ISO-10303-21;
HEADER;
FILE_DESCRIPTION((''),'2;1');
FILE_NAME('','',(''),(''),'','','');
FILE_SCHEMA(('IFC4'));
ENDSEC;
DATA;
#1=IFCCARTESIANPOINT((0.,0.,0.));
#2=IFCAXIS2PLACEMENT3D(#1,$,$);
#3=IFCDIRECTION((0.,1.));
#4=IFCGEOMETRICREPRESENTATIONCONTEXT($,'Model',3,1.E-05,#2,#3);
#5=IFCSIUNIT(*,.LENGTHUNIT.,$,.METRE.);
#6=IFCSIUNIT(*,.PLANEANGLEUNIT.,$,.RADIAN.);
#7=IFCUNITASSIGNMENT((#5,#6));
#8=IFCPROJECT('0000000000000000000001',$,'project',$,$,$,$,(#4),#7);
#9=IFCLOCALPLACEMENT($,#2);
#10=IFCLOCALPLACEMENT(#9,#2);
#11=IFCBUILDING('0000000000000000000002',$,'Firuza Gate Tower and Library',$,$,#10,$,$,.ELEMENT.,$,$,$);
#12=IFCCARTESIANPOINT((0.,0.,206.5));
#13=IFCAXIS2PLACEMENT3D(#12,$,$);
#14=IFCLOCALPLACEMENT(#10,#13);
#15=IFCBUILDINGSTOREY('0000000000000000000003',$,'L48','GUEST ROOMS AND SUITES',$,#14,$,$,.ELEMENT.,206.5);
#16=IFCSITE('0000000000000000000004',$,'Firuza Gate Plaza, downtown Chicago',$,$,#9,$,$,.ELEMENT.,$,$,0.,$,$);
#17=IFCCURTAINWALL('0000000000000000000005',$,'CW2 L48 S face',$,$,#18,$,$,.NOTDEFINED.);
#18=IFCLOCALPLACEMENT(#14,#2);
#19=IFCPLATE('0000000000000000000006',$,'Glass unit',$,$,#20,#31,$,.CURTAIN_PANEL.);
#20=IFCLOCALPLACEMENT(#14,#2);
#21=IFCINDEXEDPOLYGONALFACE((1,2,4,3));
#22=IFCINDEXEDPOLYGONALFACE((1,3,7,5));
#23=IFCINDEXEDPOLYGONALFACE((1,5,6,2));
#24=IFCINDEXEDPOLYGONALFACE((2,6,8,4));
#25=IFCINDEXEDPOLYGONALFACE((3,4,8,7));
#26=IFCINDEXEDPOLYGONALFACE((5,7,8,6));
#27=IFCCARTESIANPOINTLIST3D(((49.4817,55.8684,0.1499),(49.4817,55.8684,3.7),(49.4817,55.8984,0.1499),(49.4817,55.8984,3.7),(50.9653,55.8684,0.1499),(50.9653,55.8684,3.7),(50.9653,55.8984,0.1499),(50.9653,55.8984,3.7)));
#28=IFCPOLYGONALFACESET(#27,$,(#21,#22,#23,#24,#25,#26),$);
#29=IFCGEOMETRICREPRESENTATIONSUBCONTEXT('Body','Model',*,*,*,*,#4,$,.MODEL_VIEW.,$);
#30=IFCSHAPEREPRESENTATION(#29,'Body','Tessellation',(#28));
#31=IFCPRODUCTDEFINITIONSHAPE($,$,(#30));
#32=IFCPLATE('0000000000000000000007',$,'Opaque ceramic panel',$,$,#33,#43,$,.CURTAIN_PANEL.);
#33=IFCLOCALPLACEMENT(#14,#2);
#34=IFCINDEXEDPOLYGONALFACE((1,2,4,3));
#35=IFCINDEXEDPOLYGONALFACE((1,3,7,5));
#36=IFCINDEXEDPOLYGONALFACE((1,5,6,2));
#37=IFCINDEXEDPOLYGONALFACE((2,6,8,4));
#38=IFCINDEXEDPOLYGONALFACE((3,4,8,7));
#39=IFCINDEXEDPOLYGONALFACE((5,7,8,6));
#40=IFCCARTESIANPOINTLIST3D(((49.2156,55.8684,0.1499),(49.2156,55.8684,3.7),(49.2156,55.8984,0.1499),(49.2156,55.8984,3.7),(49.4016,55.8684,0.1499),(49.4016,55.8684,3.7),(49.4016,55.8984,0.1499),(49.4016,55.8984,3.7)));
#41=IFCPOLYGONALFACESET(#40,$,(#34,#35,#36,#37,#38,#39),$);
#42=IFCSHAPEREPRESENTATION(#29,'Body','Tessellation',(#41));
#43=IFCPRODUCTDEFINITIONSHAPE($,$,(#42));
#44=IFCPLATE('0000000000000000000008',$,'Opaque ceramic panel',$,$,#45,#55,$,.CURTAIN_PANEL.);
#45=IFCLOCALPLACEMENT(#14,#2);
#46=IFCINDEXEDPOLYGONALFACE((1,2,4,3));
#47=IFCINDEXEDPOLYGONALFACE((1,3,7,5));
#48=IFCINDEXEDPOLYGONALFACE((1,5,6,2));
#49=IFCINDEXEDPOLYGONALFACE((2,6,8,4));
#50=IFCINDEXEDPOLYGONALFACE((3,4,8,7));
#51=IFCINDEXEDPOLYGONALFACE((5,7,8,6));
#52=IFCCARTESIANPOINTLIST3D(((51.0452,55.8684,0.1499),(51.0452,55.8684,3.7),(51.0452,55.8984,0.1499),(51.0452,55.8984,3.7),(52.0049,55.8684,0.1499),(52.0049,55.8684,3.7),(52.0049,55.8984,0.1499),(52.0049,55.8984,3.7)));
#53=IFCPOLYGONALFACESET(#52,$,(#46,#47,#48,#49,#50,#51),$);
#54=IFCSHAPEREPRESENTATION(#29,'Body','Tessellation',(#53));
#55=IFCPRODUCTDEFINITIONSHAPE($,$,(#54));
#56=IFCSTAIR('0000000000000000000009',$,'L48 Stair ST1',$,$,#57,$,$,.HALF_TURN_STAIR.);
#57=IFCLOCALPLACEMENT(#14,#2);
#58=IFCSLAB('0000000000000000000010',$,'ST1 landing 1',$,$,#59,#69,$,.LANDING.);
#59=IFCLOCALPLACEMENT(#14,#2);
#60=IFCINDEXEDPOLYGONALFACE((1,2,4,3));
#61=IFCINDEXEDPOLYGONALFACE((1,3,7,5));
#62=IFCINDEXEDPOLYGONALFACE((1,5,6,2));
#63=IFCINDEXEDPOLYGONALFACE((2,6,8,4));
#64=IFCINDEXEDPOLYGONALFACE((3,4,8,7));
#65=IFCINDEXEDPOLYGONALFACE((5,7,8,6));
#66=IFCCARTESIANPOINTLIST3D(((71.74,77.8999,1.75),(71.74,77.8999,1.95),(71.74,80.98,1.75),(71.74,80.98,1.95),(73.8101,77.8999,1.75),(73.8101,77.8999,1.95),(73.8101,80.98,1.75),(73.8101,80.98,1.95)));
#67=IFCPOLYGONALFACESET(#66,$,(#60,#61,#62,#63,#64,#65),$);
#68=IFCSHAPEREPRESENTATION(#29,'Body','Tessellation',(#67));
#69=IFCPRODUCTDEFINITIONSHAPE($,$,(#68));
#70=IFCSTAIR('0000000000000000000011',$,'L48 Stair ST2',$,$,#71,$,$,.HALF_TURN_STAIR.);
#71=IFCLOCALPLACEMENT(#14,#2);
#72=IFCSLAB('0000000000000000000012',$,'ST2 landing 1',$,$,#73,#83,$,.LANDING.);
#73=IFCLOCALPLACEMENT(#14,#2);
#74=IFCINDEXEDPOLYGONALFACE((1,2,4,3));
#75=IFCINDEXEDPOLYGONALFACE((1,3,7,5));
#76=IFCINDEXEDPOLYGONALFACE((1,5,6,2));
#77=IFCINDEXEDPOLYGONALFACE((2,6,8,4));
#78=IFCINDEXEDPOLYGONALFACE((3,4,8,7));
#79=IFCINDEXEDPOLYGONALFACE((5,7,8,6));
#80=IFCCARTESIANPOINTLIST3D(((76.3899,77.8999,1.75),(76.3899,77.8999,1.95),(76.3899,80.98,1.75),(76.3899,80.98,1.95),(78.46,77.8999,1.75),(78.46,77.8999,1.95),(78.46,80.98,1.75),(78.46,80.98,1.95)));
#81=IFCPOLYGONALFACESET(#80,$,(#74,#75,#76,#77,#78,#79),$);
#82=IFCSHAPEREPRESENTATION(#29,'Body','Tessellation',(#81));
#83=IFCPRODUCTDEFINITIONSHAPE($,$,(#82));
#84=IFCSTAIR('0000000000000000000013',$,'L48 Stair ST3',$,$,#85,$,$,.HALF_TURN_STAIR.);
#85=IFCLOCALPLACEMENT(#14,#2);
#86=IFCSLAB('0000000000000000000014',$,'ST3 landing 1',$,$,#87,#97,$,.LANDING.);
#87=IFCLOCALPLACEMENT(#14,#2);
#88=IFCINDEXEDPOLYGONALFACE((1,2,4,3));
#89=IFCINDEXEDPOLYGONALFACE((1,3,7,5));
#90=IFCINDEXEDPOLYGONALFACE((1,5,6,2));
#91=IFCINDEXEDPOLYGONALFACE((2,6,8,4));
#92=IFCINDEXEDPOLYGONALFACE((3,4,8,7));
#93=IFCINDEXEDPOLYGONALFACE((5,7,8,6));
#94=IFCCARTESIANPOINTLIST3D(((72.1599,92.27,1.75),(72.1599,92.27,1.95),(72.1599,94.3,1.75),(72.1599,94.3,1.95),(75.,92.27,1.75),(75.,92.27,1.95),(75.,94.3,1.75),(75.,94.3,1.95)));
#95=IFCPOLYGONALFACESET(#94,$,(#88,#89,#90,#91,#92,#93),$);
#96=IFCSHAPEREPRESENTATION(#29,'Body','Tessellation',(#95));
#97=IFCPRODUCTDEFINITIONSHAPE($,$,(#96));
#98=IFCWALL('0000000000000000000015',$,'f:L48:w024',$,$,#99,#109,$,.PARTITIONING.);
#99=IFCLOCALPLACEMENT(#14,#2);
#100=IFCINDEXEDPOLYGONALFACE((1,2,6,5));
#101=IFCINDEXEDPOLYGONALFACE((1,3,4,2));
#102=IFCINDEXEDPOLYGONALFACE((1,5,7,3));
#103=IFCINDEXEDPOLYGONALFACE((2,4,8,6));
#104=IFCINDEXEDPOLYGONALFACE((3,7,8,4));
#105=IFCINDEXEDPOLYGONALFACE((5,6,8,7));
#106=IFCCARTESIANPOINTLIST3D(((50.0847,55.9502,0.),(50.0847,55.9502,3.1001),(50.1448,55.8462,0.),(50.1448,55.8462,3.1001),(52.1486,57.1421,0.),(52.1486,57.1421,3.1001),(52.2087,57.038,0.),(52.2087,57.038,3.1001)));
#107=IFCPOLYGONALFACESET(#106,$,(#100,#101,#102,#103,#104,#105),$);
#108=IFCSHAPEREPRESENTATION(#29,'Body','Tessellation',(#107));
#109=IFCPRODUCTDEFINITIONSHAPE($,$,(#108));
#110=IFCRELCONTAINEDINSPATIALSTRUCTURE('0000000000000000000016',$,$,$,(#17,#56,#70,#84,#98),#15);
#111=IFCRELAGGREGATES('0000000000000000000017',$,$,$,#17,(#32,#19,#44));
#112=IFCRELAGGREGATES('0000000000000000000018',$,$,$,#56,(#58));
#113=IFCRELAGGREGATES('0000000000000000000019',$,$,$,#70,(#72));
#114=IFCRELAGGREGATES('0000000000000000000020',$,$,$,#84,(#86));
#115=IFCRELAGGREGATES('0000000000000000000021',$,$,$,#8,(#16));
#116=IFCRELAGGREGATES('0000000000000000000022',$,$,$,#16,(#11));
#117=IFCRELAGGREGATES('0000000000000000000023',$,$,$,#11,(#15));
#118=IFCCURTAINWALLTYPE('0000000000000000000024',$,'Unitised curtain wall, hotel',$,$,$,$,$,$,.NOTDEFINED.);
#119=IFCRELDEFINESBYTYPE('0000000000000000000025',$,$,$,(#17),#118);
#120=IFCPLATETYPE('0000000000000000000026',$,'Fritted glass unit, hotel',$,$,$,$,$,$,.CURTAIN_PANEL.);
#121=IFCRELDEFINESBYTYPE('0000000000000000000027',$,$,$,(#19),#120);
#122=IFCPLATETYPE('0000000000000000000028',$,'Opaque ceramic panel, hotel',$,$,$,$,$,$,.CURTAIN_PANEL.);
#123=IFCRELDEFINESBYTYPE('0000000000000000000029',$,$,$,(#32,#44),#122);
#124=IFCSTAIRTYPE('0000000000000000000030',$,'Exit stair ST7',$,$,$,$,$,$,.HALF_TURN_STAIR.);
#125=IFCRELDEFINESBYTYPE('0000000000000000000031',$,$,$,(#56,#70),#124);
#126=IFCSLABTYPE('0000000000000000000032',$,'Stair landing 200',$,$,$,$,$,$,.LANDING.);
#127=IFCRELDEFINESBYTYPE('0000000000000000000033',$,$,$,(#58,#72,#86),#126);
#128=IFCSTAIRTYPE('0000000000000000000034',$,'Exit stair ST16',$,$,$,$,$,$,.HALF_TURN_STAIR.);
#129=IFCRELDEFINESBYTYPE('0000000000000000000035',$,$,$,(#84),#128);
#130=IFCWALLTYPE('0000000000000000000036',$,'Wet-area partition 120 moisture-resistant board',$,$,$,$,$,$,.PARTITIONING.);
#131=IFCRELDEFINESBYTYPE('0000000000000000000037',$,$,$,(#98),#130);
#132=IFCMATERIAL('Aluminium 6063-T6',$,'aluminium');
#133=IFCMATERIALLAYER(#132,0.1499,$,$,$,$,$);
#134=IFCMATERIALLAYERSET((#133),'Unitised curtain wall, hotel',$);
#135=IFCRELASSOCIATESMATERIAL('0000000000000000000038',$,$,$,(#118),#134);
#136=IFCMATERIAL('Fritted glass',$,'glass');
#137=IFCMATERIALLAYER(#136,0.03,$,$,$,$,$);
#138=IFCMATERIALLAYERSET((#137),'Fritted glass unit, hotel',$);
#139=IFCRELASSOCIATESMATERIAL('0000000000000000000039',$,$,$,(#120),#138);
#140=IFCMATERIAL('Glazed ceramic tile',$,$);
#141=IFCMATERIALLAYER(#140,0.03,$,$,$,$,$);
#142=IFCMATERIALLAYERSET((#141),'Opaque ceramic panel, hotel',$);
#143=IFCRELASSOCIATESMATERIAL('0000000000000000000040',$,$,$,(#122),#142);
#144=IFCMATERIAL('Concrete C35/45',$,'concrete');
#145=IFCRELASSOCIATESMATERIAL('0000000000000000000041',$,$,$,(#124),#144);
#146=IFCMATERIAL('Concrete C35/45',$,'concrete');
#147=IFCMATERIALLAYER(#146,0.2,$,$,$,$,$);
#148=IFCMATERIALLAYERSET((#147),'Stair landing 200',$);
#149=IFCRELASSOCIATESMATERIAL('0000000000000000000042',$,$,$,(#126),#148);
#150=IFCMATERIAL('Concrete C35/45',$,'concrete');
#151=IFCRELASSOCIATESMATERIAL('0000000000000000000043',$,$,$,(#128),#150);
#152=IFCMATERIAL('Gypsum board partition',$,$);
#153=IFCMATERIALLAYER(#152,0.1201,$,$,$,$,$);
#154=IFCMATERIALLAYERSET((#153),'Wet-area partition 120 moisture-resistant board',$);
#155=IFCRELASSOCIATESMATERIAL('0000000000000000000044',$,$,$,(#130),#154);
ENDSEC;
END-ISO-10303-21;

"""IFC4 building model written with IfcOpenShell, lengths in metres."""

from ifc_helpers import new_model, si_unit, direction, frame, frame_2d, origin, place, context, subcontext, project, spatial, polyline, rectangle, outline, extrude, material, layer, layer_set, type_object, element, aggregate, save


model = new_model("IFC4")

# Units and contexts
model_context = context("Model", 3, precision=1e-05, world=origin(), true_north=direction((0.0, 1.0)))
body_context = subcontext(model_context, "Body", "Model", "MODEL_VIEW")
ifc_project = project(units=[si_unit("LENGTHUNIT", "METRE"), si_unit("PLANEANGLEUNIT", "RADIAN")], contexts=[model_context])

# Site, building, storey
site_placement = place(None, origin())
site = spatial("IfcSite", under=ifc_project, at=site_placement, Name="Firuza Gate Plaza, downtown Chicago", CompositionType="ELEMENT", RefElevation=0.0)
building_placement = place(site_placement, origin())
building = spatial("IfcBuilding", under=site, at=building_placement, Name="Firuza Gate Tower and Library", CompositionType="ELEMENT")
storey_placement = place(building_placement, frame((0.0, 0.0, 206.5)))
storey = spatial("IfcBuildingStorey", under=building, at=storey_placement, Name="L48", Description="GUEST ROOMS AND SUITES", CompositionType="ELEMENT", Elevation=206.5)

# Curtain wall
ifc_material_1 = material(Name="Aluminium 6063-T6", Category="aluminium")
ifc_layer_1 = layer(ifc_material_1, 0.1499)
ifc_layer_set_1 = layer_set([ifc_layer_1], Name="Unitised curtain wall, hotel")
curtain_wall_type_1 = type_object("IfcCurtainWallType", Name="Unitised curtain wall, hotel", PredefinedType="NOTDEFINED", material=ifc_layer_set_1)
placement_1 = place(storey_placement, origin())
curtain_wall_1 = element("IfcCurtainWall", 1, at=placement_1, inside=storey, type_object=curtain_wall_type_1, Name="CW2 L48 S face", PredefinedType="NOTDEFINED")

# Plates
ifc_material_2 = material(Name="Fritted glass", Category="glass")
ifc_layer_2 = layer(ifc_material_2, 0.03)
ifc_layer_set_2 = layer_set([ifc_layer_2], Name="Fritted glass unit, hotel")
plate_type_1 = type_object("IfcPlateType", Name="Fritted glass unit, hotel", PredefinedType="CURTAIN_PANEL", material=ifc_layer_set_2)
plate_1_placement = place(storey_placement, frame((49.4817, 55.8684, 0.1499), z_axis=(0.0, -1.0, 0.0), x_axis=(1.0, 0.0, 0.0)))
plate_1 = element("IfcPlate", 2, at=plate_1_placement, type_object=plate_type_1, Name="Glass unit", PredefinedType="CURTAIN_PANEL", context=body_context, shape_type="SweptSolid", body=[
    extrude(outline(polyline([(0.0, 0.0), (1.4836, 0.0), (1.4836, 3.55), (0.0, 3.55), (0.0, 0.0)])), origin(), (0.0, 0.0, -1.0), 0.03),
])
ifc_material_3 = material(Name="Glazed ceramic tile")
ifc_layer_3 = layer(ifc_material_3, 0.03)
ifc_layer_set_3 = layer_set([ifc_layer_3], Name="Opaque ceramic panel, hotel")
plate_type_2 = type_object("IfcPlateType", Name="Opaque ceramic panel, hotel", PredefinedType="CURTAIN_PANEL", material=ifc_layer_set_3)
plate_2_placement = place(storey_placement, frame((49.2156, 55.8684, 0.1499), z_axis=(0.0, -1.0, 0.0), x_axis=(1.0, 0.0, 0.0)))
plate_2 = element("IfcPlate", 3, at=plate_2_placement, type_object=plate_type_2, Name="Opaque ceramic panel", PredefinedType="CURTAIN_PANEL", context=body_context, shape_type="SweptSolid", body=[
    extrude(outline(polyline([(0.0, 0.0), (0.186, 0.0), (0.186, 3.55), (0.0, 3.55), (0.0, 0.0)])), origin(), (0.0, 0.0, -1.0), 0.03),
])
plate_3_placement = place(storey_placement, frame((51.0452, 55.8684, 0.1499), z_axis=(0.0, -1.0, 0.0), x_axis=(1.0, 0.0, 0.0)))
plate_3 = element("IfcPlate", 4, at=plate_3_placement, type_object=plate_type_2, Name="Opaque ceramic panel", PredefinedType="CURTAIN_PANEL", context=body_context, shape_type="SweptSolid", body=[
    extrude(outline(polyline([(0.0, 0.0), (0.9597, 0.0), (0.9597, 3.55), (0.0, 3.55), (0.0, 0.0)])), origin(), (0.0, 0.0, -1.0), 0.03),
])
aggregate(curtain_wall_1, [plate_2, plate_1, plate_3])

# Stairs, slabs
ifc_material_4 = material(Name="Concrete C35/45", Category="concrete")
stair_type_1 = type_object("IfcStairType", Name="Exit stair ST7", PredefinedType="HALF_TURN_STAIR", material=ifc_material_4)
stair_1 = element("IfcStair", 5, at=placement_1, inside=storey, type_object=stair_type_1, Name="L48 Stair ST1", PredefinedType="HALF_TURN_STAIR")
ifc_material_5 = material(Name="Concrete C35/45", Category="concrete")
ifc_layer_4 = layer(ifc_material_5, 0.2)
ifc_layer_set_4 = layer_set([ifc_layer_4], Name="Stair landing 200")
slab_type_1 = type_object("IfcSlabType", Name="Stair landing 200", PredefinedType="LANDING", material=ifc_layer_set_4)
placement_2 = place(storey_placement, frame((0.0, 0.0, 1.75)))
slab_1 = element("IfcSlab", 6, at=placement_2, type_object=slab_type_1, Name="ST1 landing 1", PredefinedType="LANDING", context=body_context, shape_type="SweptSolid", body=[
    extrude(outline(polyline([(71.74, 77.8999), (73.8101, 77.8999), (73.8101, 80.98), (71.74, 80.98), (71.74, 77.8999)])), origin(), (0.0, 0.0, 1.0), 0.2),
])
aggregate(stair_1, [slab_1])
stair_2 = element("IfcStair", 7, at=placement_1, inside=storey, type_object=stair_type_1, Name="L48 Stair ST2", PredefinedType="HALF_TURN_STAIR")
slab_2 = element("IfcSlab", 8, at=placement_2, type_object=slab_type_1, Name="ST2 landing 1", PredefinedType="LANDING", context=body_context, shape_type="SweptSolid", body=[
    extrude(outline(polyline([(78.46, 80.98), (76.3899, 80.98), (76.3899, 77.8999), (78.46, 77.8999), (78.46, 80.98)])), origin(), (0.0, 0.0, 1.0), 0.2),
])
aggregate(stair_2, [slab_2])
ifc_material_6 = material(Name="Concrete C35/45", Category="concrete")
stair_type_2 = type_object("IfcStairType", Name="Exit stair ST16", PredefinedType="HALF_TURN_STAIR", material=ifc_material_6)
stair_3 = element("IfcStair", 9, at=placement_1, inside=storey, type_object=stair_type_2, Name="L48 Stair ST3", PredefinedType="HALF_TURN_STAIR")
slab_3 = element("IfcSlab", 10, at=placement_2, type_object=slab_type_1, Name="ST3 landing 1", PredefinedType="LANDING", context=body_context, shape_type="SweptSolid", body=[
    extrude(outline(polyline([(75.0, 92.27), (75.0, 94.3), (72.1599, 94.3), (72.1599, 92.27), (75.0, 92.27)])), origin(), (0.0, 0.0, 1.0), 0.2),
])
aggregate(stair_3, [slab_3])

# Wall
ifc_material_7 = material(Name="Gypsum board partition")
ifc_layer_5 = layer(ifc_material_7, 0.1201)
ifc_layer_set_5 = layer_set([ifc_layer_5], Name="Wet-area partition 120 moisture-resistant board")
wall_type = type_object("IfcWallType", Name="Wet-area partition 120 moisture-resistant board", PredefinedType="PARTITIONING", material=ifc_layer_set_5)
wall_placement = place(storey_placement, frame((50.1147, 55.8982, 0.0), z_axis=(0.0, 0.0, 1.0), x_axis=(0.865977, 0.500083, 0.0)))
element("IfcWall", 11, at=wall_placement, inside=storey, type_object=wall_type, Name="f:L48:w024", PredefinedType="PARTITIONING", context=body_context, shape_type="SweptSolid", body=[
    extrude(rectangle(XDim=2.3833, YDim=0.1201, at=frame_2d((1.1917, 0.0))), origin(), (0.0, 0.0, 1.0), 3.1001),
])

save(model, "model.ifc")
